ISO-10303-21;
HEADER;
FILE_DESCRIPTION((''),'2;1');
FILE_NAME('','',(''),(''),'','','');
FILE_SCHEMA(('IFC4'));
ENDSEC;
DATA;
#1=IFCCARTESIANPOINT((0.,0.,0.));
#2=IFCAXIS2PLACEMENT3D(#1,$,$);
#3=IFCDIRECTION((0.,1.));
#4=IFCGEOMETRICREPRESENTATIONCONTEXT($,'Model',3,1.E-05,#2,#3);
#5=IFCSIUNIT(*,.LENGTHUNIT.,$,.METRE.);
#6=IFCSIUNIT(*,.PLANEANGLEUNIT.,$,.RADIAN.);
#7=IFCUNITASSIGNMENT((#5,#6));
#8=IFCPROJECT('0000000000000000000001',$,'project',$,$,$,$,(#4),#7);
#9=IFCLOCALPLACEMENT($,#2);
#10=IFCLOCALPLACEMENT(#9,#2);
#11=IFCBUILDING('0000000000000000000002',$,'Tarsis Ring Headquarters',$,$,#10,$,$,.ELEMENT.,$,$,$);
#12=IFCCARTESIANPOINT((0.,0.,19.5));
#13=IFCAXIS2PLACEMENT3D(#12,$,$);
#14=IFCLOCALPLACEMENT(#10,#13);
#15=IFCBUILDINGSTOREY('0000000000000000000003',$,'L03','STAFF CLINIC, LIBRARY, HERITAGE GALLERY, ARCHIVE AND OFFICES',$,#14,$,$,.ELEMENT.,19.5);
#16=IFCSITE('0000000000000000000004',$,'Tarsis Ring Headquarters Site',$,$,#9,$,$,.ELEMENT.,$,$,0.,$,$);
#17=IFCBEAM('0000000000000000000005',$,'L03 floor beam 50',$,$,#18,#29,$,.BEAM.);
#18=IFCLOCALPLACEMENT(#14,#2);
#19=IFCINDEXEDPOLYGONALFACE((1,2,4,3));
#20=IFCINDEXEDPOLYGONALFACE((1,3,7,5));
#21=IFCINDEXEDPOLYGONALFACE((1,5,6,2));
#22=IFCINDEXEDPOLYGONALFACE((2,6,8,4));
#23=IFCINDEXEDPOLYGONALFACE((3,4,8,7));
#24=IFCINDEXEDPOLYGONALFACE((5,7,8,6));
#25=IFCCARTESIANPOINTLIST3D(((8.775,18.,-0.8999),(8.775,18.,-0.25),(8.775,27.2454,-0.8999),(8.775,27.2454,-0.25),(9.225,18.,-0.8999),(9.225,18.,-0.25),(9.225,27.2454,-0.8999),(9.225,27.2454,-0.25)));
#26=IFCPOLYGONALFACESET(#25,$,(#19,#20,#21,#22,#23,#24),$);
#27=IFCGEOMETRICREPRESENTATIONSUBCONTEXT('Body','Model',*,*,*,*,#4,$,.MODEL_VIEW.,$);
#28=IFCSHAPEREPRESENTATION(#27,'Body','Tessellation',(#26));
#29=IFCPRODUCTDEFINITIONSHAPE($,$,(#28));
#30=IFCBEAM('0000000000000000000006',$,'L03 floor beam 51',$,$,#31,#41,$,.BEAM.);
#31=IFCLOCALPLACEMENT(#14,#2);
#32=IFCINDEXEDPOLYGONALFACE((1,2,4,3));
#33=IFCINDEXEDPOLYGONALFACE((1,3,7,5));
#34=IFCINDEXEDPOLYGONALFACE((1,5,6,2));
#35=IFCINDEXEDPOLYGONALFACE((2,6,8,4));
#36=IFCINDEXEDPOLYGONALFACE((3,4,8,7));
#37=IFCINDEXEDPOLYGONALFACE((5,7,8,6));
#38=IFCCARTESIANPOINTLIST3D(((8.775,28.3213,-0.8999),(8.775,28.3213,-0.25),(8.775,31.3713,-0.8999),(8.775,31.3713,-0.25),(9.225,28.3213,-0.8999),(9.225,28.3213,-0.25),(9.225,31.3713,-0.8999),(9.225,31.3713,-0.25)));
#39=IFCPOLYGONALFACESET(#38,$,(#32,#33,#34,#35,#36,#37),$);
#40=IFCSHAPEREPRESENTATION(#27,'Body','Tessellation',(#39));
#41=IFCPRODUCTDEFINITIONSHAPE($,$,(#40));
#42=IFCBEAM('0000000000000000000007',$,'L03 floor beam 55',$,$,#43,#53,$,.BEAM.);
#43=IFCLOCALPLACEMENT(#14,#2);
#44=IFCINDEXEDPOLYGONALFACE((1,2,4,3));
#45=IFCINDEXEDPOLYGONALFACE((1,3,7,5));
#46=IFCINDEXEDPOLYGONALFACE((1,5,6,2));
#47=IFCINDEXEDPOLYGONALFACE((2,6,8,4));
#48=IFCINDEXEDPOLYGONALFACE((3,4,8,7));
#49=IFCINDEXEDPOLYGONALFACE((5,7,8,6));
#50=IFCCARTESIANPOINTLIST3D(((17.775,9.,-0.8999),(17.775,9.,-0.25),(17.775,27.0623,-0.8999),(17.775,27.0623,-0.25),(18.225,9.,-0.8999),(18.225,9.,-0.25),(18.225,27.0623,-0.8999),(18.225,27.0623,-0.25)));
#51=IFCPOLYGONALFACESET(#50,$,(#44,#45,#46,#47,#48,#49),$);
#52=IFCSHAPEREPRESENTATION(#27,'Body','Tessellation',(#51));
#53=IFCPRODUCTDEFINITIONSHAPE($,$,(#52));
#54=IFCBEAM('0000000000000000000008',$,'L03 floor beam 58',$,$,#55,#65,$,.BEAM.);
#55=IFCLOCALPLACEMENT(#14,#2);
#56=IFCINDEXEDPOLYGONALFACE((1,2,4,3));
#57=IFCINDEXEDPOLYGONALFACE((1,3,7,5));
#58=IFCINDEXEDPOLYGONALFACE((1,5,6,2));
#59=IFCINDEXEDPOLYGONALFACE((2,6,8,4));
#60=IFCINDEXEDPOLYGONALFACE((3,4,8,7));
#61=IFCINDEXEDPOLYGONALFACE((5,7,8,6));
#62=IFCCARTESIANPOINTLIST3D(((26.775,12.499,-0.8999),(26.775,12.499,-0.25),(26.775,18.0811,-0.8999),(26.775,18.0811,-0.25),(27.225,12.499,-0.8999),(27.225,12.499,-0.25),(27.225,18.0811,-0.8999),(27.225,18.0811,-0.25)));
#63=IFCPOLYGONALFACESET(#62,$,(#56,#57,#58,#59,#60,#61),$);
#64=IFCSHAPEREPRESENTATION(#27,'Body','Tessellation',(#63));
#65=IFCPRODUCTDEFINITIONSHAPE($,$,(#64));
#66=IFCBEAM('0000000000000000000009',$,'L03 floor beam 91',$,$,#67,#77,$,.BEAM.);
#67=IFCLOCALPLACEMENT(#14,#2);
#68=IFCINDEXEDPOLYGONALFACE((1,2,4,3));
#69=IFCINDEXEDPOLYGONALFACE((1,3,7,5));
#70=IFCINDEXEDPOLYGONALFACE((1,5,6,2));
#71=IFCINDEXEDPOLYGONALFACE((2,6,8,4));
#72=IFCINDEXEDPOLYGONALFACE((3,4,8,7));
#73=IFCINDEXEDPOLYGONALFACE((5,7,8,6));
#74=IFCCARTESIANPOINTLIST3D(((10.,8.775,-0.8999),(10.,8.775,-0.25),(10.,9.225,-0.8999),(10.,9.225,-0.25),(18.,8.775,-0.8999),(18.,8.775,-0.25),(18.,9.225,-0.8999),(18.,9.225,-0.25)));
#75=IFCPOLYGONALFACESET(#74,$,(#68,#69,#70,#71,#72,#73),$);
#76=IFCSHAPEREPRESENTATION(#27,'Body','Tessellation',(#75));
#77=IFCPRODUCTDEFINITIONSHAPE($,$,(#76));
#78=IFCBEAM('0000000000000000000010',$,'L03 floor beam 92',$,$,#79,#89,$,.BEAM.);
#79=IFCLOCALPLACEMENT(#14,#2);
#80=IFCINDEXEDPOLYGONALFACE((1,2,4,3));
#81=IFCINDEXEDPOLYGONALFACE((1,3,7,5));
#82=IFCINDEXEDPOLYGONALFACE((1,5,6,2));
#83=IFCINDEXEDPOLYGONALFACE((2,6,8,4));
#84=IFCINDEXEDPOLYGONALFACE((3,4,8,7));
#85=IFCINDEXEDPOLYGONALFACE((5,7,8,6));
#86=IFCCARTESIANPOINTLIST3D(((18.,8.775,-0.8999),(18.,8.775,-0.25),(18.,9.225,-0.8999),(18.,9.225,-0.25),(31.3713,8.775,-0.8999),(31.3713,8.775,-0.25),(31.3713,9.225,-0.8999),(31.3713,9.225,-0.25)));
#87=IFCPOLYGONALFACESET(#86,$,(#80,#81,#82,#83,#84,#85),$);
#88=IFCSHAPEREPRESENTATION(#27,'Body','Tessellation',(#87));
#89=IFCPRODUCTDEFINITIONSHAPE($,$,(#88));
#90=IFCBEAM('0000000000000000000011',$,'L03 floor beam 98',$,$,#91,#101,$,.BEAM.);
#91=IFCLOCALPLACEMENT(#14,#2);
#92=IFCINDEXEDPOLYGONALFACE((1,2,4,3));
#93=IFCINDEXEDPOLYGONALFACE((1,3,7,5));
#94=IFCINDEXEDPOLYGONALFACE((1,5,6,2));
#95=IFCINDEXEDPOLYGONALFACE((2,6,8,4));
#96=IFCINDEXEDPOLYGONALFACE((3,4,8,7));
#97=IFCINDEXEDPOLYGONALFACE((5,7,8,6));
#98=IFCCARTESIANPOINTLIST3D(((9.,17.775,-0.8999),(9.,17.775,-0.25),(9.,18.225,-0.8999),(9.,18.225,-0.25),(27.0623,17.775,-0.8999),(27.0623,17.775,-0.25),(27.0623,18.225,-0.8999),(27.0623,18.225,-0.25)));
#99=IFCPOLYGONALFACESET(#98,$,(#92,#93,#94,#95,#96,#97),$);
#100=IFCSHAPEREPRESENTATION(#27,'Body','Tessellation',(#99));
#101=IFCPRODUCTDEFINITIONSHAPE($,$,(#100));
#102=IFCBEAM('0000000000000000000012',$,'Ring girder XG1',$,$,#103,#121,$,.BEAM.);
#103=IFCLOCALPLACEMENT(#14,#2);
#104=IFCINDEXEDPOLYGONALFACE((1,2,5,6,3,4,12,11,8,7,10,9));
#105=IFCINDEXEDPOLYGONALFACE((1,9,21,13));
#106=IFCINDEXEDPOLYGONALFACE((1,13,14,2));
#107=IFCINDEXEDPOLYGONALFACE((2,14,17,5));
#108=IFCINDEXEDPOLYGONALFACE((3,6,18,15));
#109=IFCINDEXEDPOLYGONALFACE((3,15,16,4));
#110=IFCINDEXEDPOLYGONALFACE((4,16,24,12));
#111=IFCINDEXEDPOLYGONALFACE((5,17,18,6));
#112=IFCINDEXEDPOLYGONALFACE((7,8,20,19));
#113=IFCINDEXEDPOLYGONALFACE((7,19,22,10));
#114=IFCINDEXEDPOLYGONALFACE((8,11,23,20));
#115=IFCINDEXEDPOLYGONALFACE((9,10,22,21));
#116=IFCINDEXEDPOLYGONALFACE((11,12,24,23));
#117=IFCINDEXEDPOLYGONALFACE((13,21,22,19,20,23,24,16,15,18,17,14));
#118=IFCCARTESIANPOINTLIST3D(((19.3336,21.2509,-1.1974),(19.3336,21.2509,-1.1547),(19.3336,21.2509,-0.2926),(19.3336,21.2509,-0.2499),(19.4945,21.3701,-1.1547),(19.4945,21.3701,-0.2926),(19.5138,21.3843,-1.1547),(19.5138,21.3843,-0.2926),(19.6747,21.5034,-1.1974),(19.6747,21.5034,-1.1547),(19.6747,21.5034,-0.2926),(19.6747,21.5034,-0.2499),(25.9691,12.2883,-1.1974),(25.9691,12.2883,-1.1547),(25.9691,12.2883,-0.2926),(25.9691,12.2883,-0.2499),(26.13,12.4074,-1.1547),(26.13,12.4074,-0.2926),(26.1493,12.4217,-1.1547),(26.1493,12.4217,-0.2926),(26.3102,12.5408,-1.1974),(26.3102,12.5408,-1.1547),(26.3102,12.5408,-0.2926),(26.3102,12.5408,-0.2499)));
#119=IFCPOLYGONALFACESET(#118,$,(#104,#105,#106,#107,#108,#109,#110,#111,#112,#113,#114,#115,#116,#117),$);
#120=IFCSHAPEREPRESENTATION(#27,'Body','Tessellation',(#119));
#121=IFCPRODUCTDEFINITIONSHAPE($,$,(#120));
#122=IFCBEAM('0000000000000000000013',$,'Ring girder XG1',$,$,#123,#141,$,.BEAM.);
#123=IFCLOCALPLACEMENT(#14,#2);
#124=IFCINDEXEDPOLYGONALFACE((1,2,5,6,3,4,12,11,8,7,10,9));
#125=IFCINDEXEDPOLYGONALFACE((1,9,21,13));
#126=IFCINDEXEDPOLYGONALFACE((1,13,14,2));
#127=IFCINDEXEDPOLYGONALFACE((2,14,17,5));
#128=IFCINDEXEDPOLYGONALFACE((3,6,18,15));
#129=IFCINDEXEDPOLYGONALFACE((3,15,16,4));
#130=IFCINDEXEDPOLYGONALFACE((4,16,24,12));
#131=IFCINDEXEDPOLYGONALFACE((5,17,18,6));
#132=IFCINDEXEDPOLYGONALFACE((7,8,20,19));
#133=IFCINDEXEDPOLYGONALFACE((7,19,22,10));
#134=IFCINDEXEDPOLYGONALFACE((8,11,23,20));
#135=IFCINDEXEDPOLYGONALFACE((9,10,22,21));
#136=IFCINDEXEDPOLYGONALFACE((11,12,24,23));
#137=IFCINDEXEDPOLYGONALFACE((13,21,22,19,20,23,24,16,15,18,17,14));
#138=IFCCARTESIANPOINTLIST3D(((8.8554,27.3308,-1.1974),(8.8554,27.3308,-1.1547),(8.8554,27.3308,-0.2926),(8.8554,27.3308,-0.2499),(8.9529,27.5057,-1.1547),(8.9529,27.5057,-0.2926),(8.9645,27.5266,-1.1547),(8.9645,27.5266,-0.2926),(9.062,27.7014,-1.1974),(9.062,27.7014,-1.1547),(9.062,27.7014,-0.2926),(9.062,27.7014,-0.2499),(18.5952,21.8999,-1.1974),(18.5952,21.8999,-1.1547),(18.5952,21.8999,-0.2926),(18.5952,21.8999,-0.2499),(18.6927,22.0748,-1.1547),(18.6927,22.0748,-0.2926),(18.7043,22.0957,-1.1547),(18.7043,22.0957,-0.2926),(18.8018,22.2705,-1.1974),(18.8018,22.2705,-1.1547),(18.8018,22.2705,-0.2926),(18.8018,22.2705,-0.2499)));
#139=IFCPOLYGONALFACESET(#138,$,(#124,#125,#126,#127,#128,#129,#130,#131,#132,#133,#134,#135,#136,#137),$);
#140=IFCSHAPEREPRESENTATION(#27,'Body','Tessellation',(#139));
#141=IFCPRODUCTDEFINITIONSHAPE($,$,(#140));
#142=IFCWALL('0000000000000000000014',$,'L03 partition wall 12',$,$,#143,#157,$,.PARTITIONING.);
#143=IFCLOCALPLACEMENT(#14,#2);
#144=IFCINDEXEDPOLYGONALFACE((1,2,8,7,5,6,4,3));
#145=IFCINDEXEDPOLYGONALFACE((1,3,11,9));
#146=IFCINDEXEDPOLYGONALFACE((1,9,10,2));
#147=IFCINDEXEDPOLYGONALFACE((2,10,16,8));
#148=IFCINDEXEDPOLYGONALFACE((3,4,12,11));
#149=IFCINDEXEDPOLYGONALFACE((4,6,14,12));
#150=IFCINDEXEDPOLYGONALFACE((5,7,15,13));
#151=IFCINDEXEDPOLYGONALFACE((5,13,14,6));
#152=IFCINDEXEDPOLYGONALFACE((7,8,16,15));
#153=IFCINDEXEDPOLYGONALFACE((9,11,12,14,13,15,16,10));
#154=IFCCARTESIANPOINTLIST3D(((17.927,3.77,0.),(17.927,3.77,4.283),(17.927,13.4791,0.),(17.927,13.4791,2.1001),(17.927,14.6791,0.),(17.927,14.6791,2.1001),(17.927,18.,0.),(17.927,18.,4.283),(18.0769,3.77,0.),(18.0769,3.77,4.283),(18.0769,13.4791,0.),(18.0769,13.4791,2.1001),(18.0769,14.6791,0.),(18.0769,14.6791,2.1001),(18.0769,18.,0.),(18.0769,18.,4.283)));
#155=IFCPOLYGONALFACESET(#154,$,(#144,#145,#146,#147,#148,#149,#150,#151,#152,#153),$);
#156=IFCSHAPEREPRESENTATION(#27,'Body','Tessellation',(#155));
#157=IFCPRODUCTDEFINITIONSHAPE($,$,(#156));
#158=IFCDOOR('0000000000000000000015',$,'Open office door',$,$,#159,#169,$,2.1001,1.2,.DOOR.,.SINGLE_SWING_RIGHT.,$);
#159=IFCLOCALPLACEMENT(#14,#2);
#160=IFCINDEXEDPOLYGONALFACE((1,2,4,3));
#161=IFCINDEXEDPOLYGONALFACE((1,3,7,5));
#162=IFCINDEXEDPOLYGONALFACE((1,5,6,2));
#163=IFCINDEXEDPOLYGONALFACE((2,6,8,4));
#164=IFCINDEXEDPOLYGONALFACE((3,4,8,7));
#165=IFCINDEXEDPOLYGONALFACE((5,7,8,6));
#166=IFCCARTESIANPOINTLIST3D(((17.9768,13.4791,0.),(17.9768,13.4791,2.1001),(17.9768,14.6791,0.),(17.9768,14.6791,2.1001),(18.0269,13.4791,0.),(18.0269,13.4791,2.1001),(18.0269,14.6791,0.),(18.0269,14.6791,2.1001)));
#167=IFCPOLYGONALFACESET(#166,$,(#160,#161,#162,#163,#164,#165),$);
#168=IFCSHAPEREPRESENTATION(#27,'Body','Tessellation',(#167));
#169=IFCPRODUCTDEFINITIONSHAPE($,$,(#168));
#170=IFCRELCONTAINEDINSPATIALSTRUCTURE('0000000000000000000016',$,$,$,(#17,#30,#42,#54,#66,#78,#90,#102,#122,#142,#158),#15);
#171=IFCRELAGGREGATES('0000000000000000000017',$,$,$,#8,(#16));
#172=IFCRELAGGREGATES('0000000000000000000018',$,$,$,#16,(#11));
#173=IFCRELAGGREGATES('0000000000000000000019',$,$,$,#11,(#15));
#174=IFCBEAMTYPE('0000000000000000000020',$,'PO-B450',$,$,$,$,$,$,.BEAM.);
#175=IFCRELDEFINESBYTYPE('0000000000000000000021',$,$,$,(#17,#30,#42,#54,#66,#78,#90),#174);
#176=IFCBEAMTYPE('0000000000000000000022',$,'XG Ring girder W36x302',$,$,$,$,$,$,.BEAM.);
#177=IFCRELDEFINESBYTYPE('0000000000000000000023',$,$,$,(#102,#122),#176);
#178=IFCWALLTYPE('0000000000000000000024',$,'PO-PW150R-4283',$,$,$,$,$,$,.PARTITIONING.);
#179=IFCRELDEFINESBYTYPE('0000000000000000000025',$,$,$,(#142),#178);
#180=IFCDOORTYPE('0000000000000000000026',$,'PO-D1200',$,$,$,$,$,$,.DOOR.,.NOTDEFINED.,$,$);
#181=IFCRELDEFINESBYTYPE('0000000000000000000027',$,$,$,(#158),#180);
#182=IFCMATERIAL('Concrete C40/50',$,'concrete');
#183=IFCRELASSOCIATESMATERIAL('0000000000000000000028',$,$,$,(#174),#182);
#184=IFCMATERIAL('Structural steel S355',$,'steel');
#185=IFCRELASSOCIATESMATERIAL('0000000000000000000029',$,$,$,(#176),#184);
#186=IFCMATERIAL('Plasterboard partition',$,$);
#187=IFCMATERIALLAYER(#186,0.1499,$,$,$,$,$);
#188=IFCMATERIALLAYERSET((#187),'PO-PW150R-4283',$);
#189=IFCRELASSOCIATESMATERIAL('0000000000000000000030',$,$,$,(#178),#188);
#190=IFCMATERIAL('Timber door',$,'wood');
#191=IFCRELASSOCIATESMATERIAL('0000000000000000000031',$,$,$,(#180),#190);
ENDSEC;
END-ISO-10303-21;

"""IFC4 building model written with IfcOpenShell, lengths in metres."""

from ifc_helpers import new_model, si_unit, direction, frame, frame_2d, origin, origin_2d, place, context, subcontext, project, spatial, rectangle, i_section, extrude, material, layer, layer_set, material_profile, profile_set, type_object, element, fill, save


model = new_model("IFC4")

# Units and contexts
model_context = context("Model", 3, precision=1e-05, world=origin(), true_north=direction((0.0, 1.0)))
body_context = subcontext(model_context, "Body", "Model", "MODEL_VIEW")
ifc_project = project(units=[si_unit("LENGTHUNIT", "METRE"), si_unit("PLANEANGLEUNIT", "RADIAN")], contexts=[model_context])

# Site, building, storey
site_placement = place(None, origin())
site = spatial("IfcSite", under=ifc_project, at=site_placement, Name="Tarsis Ring Headquarters Site", CompositionType="ELEMENT", RefElevation=0.0)
building_placement = place(site_placement, origin())
building = spatial("IfcBuilding", under=site, at=building_placement, Name="Tarsis Ring Headquarters", CompositionType="ELEMENT")
storey_placement = place(building_placement, frame((0.0, 0.0, 19.5)))
storey = spatial("IfcBuildingStorey", under=building, at=storey_placement, Name="L03", Description="STAFF CLINIC, LIBRARY, HERITAGE GALLERY, ARCHIVE AND OFFICES", CompositionType="ELEMENT", Elevation=19.5)

# Beams
ifc_material_1 = material(Name="Concrete C40/50", Category="concrete")
ifc_material_profile_1 = material_profile(ifc_material_1, rectangle(XDim=0.45, YDim=0.6499, at=origin_2d()), Name="PO-B450")
ifc_profile_set_1 = profile_set([ifc_material_profile_1], Name="Concrete C40/50")
beam_type_1 = type_object("IfcBeamType", Name="PO-B450", PredefinedType="BEAM", material=ifc_profile_set_1)
beam_1_placement = place(storey_placement, frame((9.0, 18.0, -0.575), z_axis=(0.0, 1.0, 0.0), x_axis=(-1.0, 0.0, 0.0)))
element("IfcBeam", 1, at=beam_1_placement, inside=storey, type_object=beam_type_1, Name="L03 floor beam 50", PredefinedType="BEAM", context=body_context, shape_type="SweptSolid", body=[
    extrude(rectangle(XDim=0.45, YDim=0.6499, at=origin_2d()), origin(), (0.0, 0.0, 1.0), 9.2454),
])
beam_2_placement = place(storey_placement, frame((9.0, 28.3213, -0.575), z_axis=(0.0, 1.0, 0.0), x_axis=(-1.0, 0.0, 0.0)))
element("IfcBeam", 2, at=beam_2_placement, inside=storey, type_object=beam_type_1, Name="L03 floor beam 51", PredefinedType="BEAM", context=body_context, shape_type="SweptSolid", body=[
    extrude(rectangle(XDim=0.45, YDim=0.6499, at=origin_2d()), origin(), (0.0, 0.0, 1.0), 3.05),
])
beam_3_placement = place(storey_placement, frame((18.0, 9.0, -0.575), z_axis=(0.0, 1.0, 0.0), x_axis=(-1.0, 0.0, 0.0)))
element("IfcBeam", 3, at=beam_3_placement, inside=storey, type_object=beam_type_1, Name="L03 floor beam 55", PredefinedType="BEAM", context=body_context, shape_type="SweptSolid", body=[
    extrude(rectangle(XDim=0.45, YDim=0.6499, at=origin_2d()), origin(), (0.0, 0.0, 1.0), 18.0623),
])
beam_4_placement = place(storey_placement, frame((27.0, 12.499, -0.575), z_axis=(0.0, 1.0, 0.0), x_axis=(-1.0, 0.0, 0.0)))
element("IfcBeam", 4, at=beam_4_placement, inside=storey, type_object=beam_type_1, Name="L03 floor beam 58", PredefinedType="BEAM", context=body_context, shape_type="SweptSolid", body=[
    extrude(rectangle(XDim=0.45, YDim=0.6499, at=origin_2d()), origin(), (0.0, 0.0, 1.0), 5.582),
])
beam_5_placement = place(storey_placement, frame((10.0, 9.0, -0.575), z_axis=(1.0, 0.0, 0.0), x_axis=(0.0, 1.0, 0.0)))
element("IfcBeam", 5, at=beam_5_placement, inside=storey, type_object=beam_type_1, Name="L03 floor beam 91", PredefinedType="BEAM", context=body_context, shape_type="SweptSolid", body=[
    extrude(rectangle(XDim=0.45, YDim=0.6499, at=origin_2d()), origin(), (0.0, 0.0, 1.0), 8.0),
])
beam_6_placement = place(storey_placement, frame((18.0, 9.0, -0.575), z_axis=(1.0, 0.0, 0.0), x_axis=(0.0, 1.0, 0.0)))
element("IfcBeam", 6, at=beam_6_placement, inside=storey, type_object=beam_type_1, Name="L03 floor beam 92", PredefinedType="BEAM", context=body_context, shape_type="SweptSolid", body=[
    extrude(rectangle(XDim=0.45, YDim=0.6499, at=origin_2d()), origin(), (0.0, 0.0, 1.0), 13.3713),
])
beam_7_placement = place(storey_placement, frame((9.0, 18.0, -0.575), z_axis=(1.0, 0.0, 0.0), x_axis=(0.0, 1.0, 0.0)))
element("IfcBeam", 7, at=beam_7_placement, inside=storey, type_object=beam_type_1, Name="L03 floor beam 98", PredefinedType="BEAM", context=body_context, shape_type="SweptSolid", body=[
    extrude(rectangle(XDim=0.45, YDim=0.6499, at=origin_2d()), origin(), (0.0, 0.0, 1.0), 18.0623),
])
ifc_material_2 = material(Name="Structural steel S355", Category="steel")
ifc_material_profile_2 = material_profile(ifc_material_2, i_section(OverallWidth=0.4243, OverallDepth=0.9475, WebThickness=0.0239, FlangeThickness=0.0427, at=origin_2d()), Name="W36x302")
ifc_profile_set_2 = profile_set([ifc_material_profile_2], Name="Structural steel S355")
beam_type_2 = type_object("IfcBeamType", Name="XG Ring girder W36x302", PredefinedType="BEAM", material=ifc_profile_set_2)
for number, where, z_axis, x_axis, name in (
    (8, (26.1396, 12.4146, -0.7236), (-0.595025, 0.803707, 0.0), (-0.803707, -0.595025, 0.0), "Ring girder XG1"),
    (9, (18.6985, 22.0852, -0.7236), (-0.873397, 0.487009, 0.0), (-0.487009, -0.873397, 0.0), "Ring girder XG1"),
):
    element("IfcBeam", number, at=place(storey_placement, frame(where, z_axis=z_axis, x_axis=x_axis)), inside=storey, type_object=beam_type_2, Name=name, PredefinedType="BEAM", context=body_context, shape_type="SweptSolid", body=[
        extrude(i_section(OverallWidth=0.4243, OverallDepth=0.9475, WebThickness=0.0239, FlangeThickness=0.0427, at=origin_2d()), origin(), (0.0, 0.0, 1.0), 11.1516),
    ])

# Wall, opening, door
ifc_material_3 = material(Name="Plasterboard partition")
ifc_layer_1 = layer(ifc_material_3, 0.1499)
ifc_layer_set_1 = layer_set([ifc_layer_1], Name="PO-PW150R-4283")
wall_type_1 = type_object("IfcWallType", Name="PO-PW150R-4283", PredefinedType="PARTITIONING", material=ifc_layer_set_1)
wall_1_placement = place(storey_placement, frame((18.002, 18.0, 0.0), z_axis=(0.0, 0.0, 1.0), x_axis=(0.0, -1.0, 0.0)))
wall_1 = element("IfcWall", 10, at=wall_1_placement, inside=storey, type_object=wall_type_1, Name="L03 partition wall 12", PredefinedType="PARTITIONING", context=body_context, shape_type="SweptSolid", body=[
    extrude(rectangle(XDim=14.23, YDim=0.1499, at=frame_2d((7.115, 0.0))), origin(), (0.0, 0.0, 1.0), 4.283),
])
opening_1_placement = place(wall_1_placement, frame((3.3208, 0.0, 0.0)))
opening_1 = element("IfcOpeningElement", 11, at=opening_1_placement, cuts=wall_1, PredefinedType="OPENING", context=body_context, shape_type="SweptSolid", body=[
    extrude(rectangle(XDim=1.2, YDim=2.1001, at=frame_2d((0.6001, 1.05))), frame((0.0, 0.085, 0.0), z_axis=(0.0, -1.0, 0.0), x_axis=(1.0, 0.0, 0.0)), (0.0, 0.0, 1.0), 0.1699),
])
ifc_material_4 = material(Name="Timber door", Category="wood")
door_type_1 = type_object("IfcDoorType", Name="PO-D1200", OperationType="NOTDEFINED", PredefinedType="DOOR", material=ifc_material_4)
door_1_placement = place(opening_1_placement, origin())
door_1 = element("IfcDoor", 12, at=door_1_placement, inside=storey, type_object=door_type_1, Name="Open office door", OperationType="SINGLE_SWING_RIGHT", OverallHeight=2.1001, OverallWidth=1.2, PredefinedType="DOOR", context=body_context, shape_type="SweptSolid", body=[
    extrude(rectangle(XDim=1.2, YDim=2.1001, at=frame_2d((0.6001, 1.05))), frame((0.0, 0.0249, 0.0), z_axis=(0.0, -1.0, 0.0), x_axis=(1.0, 0.0, 0.0)), (0.0, 0.0, 1.0), 0.05),
])
fill(opening_1, door_1)

save(model, "model.ifc")
